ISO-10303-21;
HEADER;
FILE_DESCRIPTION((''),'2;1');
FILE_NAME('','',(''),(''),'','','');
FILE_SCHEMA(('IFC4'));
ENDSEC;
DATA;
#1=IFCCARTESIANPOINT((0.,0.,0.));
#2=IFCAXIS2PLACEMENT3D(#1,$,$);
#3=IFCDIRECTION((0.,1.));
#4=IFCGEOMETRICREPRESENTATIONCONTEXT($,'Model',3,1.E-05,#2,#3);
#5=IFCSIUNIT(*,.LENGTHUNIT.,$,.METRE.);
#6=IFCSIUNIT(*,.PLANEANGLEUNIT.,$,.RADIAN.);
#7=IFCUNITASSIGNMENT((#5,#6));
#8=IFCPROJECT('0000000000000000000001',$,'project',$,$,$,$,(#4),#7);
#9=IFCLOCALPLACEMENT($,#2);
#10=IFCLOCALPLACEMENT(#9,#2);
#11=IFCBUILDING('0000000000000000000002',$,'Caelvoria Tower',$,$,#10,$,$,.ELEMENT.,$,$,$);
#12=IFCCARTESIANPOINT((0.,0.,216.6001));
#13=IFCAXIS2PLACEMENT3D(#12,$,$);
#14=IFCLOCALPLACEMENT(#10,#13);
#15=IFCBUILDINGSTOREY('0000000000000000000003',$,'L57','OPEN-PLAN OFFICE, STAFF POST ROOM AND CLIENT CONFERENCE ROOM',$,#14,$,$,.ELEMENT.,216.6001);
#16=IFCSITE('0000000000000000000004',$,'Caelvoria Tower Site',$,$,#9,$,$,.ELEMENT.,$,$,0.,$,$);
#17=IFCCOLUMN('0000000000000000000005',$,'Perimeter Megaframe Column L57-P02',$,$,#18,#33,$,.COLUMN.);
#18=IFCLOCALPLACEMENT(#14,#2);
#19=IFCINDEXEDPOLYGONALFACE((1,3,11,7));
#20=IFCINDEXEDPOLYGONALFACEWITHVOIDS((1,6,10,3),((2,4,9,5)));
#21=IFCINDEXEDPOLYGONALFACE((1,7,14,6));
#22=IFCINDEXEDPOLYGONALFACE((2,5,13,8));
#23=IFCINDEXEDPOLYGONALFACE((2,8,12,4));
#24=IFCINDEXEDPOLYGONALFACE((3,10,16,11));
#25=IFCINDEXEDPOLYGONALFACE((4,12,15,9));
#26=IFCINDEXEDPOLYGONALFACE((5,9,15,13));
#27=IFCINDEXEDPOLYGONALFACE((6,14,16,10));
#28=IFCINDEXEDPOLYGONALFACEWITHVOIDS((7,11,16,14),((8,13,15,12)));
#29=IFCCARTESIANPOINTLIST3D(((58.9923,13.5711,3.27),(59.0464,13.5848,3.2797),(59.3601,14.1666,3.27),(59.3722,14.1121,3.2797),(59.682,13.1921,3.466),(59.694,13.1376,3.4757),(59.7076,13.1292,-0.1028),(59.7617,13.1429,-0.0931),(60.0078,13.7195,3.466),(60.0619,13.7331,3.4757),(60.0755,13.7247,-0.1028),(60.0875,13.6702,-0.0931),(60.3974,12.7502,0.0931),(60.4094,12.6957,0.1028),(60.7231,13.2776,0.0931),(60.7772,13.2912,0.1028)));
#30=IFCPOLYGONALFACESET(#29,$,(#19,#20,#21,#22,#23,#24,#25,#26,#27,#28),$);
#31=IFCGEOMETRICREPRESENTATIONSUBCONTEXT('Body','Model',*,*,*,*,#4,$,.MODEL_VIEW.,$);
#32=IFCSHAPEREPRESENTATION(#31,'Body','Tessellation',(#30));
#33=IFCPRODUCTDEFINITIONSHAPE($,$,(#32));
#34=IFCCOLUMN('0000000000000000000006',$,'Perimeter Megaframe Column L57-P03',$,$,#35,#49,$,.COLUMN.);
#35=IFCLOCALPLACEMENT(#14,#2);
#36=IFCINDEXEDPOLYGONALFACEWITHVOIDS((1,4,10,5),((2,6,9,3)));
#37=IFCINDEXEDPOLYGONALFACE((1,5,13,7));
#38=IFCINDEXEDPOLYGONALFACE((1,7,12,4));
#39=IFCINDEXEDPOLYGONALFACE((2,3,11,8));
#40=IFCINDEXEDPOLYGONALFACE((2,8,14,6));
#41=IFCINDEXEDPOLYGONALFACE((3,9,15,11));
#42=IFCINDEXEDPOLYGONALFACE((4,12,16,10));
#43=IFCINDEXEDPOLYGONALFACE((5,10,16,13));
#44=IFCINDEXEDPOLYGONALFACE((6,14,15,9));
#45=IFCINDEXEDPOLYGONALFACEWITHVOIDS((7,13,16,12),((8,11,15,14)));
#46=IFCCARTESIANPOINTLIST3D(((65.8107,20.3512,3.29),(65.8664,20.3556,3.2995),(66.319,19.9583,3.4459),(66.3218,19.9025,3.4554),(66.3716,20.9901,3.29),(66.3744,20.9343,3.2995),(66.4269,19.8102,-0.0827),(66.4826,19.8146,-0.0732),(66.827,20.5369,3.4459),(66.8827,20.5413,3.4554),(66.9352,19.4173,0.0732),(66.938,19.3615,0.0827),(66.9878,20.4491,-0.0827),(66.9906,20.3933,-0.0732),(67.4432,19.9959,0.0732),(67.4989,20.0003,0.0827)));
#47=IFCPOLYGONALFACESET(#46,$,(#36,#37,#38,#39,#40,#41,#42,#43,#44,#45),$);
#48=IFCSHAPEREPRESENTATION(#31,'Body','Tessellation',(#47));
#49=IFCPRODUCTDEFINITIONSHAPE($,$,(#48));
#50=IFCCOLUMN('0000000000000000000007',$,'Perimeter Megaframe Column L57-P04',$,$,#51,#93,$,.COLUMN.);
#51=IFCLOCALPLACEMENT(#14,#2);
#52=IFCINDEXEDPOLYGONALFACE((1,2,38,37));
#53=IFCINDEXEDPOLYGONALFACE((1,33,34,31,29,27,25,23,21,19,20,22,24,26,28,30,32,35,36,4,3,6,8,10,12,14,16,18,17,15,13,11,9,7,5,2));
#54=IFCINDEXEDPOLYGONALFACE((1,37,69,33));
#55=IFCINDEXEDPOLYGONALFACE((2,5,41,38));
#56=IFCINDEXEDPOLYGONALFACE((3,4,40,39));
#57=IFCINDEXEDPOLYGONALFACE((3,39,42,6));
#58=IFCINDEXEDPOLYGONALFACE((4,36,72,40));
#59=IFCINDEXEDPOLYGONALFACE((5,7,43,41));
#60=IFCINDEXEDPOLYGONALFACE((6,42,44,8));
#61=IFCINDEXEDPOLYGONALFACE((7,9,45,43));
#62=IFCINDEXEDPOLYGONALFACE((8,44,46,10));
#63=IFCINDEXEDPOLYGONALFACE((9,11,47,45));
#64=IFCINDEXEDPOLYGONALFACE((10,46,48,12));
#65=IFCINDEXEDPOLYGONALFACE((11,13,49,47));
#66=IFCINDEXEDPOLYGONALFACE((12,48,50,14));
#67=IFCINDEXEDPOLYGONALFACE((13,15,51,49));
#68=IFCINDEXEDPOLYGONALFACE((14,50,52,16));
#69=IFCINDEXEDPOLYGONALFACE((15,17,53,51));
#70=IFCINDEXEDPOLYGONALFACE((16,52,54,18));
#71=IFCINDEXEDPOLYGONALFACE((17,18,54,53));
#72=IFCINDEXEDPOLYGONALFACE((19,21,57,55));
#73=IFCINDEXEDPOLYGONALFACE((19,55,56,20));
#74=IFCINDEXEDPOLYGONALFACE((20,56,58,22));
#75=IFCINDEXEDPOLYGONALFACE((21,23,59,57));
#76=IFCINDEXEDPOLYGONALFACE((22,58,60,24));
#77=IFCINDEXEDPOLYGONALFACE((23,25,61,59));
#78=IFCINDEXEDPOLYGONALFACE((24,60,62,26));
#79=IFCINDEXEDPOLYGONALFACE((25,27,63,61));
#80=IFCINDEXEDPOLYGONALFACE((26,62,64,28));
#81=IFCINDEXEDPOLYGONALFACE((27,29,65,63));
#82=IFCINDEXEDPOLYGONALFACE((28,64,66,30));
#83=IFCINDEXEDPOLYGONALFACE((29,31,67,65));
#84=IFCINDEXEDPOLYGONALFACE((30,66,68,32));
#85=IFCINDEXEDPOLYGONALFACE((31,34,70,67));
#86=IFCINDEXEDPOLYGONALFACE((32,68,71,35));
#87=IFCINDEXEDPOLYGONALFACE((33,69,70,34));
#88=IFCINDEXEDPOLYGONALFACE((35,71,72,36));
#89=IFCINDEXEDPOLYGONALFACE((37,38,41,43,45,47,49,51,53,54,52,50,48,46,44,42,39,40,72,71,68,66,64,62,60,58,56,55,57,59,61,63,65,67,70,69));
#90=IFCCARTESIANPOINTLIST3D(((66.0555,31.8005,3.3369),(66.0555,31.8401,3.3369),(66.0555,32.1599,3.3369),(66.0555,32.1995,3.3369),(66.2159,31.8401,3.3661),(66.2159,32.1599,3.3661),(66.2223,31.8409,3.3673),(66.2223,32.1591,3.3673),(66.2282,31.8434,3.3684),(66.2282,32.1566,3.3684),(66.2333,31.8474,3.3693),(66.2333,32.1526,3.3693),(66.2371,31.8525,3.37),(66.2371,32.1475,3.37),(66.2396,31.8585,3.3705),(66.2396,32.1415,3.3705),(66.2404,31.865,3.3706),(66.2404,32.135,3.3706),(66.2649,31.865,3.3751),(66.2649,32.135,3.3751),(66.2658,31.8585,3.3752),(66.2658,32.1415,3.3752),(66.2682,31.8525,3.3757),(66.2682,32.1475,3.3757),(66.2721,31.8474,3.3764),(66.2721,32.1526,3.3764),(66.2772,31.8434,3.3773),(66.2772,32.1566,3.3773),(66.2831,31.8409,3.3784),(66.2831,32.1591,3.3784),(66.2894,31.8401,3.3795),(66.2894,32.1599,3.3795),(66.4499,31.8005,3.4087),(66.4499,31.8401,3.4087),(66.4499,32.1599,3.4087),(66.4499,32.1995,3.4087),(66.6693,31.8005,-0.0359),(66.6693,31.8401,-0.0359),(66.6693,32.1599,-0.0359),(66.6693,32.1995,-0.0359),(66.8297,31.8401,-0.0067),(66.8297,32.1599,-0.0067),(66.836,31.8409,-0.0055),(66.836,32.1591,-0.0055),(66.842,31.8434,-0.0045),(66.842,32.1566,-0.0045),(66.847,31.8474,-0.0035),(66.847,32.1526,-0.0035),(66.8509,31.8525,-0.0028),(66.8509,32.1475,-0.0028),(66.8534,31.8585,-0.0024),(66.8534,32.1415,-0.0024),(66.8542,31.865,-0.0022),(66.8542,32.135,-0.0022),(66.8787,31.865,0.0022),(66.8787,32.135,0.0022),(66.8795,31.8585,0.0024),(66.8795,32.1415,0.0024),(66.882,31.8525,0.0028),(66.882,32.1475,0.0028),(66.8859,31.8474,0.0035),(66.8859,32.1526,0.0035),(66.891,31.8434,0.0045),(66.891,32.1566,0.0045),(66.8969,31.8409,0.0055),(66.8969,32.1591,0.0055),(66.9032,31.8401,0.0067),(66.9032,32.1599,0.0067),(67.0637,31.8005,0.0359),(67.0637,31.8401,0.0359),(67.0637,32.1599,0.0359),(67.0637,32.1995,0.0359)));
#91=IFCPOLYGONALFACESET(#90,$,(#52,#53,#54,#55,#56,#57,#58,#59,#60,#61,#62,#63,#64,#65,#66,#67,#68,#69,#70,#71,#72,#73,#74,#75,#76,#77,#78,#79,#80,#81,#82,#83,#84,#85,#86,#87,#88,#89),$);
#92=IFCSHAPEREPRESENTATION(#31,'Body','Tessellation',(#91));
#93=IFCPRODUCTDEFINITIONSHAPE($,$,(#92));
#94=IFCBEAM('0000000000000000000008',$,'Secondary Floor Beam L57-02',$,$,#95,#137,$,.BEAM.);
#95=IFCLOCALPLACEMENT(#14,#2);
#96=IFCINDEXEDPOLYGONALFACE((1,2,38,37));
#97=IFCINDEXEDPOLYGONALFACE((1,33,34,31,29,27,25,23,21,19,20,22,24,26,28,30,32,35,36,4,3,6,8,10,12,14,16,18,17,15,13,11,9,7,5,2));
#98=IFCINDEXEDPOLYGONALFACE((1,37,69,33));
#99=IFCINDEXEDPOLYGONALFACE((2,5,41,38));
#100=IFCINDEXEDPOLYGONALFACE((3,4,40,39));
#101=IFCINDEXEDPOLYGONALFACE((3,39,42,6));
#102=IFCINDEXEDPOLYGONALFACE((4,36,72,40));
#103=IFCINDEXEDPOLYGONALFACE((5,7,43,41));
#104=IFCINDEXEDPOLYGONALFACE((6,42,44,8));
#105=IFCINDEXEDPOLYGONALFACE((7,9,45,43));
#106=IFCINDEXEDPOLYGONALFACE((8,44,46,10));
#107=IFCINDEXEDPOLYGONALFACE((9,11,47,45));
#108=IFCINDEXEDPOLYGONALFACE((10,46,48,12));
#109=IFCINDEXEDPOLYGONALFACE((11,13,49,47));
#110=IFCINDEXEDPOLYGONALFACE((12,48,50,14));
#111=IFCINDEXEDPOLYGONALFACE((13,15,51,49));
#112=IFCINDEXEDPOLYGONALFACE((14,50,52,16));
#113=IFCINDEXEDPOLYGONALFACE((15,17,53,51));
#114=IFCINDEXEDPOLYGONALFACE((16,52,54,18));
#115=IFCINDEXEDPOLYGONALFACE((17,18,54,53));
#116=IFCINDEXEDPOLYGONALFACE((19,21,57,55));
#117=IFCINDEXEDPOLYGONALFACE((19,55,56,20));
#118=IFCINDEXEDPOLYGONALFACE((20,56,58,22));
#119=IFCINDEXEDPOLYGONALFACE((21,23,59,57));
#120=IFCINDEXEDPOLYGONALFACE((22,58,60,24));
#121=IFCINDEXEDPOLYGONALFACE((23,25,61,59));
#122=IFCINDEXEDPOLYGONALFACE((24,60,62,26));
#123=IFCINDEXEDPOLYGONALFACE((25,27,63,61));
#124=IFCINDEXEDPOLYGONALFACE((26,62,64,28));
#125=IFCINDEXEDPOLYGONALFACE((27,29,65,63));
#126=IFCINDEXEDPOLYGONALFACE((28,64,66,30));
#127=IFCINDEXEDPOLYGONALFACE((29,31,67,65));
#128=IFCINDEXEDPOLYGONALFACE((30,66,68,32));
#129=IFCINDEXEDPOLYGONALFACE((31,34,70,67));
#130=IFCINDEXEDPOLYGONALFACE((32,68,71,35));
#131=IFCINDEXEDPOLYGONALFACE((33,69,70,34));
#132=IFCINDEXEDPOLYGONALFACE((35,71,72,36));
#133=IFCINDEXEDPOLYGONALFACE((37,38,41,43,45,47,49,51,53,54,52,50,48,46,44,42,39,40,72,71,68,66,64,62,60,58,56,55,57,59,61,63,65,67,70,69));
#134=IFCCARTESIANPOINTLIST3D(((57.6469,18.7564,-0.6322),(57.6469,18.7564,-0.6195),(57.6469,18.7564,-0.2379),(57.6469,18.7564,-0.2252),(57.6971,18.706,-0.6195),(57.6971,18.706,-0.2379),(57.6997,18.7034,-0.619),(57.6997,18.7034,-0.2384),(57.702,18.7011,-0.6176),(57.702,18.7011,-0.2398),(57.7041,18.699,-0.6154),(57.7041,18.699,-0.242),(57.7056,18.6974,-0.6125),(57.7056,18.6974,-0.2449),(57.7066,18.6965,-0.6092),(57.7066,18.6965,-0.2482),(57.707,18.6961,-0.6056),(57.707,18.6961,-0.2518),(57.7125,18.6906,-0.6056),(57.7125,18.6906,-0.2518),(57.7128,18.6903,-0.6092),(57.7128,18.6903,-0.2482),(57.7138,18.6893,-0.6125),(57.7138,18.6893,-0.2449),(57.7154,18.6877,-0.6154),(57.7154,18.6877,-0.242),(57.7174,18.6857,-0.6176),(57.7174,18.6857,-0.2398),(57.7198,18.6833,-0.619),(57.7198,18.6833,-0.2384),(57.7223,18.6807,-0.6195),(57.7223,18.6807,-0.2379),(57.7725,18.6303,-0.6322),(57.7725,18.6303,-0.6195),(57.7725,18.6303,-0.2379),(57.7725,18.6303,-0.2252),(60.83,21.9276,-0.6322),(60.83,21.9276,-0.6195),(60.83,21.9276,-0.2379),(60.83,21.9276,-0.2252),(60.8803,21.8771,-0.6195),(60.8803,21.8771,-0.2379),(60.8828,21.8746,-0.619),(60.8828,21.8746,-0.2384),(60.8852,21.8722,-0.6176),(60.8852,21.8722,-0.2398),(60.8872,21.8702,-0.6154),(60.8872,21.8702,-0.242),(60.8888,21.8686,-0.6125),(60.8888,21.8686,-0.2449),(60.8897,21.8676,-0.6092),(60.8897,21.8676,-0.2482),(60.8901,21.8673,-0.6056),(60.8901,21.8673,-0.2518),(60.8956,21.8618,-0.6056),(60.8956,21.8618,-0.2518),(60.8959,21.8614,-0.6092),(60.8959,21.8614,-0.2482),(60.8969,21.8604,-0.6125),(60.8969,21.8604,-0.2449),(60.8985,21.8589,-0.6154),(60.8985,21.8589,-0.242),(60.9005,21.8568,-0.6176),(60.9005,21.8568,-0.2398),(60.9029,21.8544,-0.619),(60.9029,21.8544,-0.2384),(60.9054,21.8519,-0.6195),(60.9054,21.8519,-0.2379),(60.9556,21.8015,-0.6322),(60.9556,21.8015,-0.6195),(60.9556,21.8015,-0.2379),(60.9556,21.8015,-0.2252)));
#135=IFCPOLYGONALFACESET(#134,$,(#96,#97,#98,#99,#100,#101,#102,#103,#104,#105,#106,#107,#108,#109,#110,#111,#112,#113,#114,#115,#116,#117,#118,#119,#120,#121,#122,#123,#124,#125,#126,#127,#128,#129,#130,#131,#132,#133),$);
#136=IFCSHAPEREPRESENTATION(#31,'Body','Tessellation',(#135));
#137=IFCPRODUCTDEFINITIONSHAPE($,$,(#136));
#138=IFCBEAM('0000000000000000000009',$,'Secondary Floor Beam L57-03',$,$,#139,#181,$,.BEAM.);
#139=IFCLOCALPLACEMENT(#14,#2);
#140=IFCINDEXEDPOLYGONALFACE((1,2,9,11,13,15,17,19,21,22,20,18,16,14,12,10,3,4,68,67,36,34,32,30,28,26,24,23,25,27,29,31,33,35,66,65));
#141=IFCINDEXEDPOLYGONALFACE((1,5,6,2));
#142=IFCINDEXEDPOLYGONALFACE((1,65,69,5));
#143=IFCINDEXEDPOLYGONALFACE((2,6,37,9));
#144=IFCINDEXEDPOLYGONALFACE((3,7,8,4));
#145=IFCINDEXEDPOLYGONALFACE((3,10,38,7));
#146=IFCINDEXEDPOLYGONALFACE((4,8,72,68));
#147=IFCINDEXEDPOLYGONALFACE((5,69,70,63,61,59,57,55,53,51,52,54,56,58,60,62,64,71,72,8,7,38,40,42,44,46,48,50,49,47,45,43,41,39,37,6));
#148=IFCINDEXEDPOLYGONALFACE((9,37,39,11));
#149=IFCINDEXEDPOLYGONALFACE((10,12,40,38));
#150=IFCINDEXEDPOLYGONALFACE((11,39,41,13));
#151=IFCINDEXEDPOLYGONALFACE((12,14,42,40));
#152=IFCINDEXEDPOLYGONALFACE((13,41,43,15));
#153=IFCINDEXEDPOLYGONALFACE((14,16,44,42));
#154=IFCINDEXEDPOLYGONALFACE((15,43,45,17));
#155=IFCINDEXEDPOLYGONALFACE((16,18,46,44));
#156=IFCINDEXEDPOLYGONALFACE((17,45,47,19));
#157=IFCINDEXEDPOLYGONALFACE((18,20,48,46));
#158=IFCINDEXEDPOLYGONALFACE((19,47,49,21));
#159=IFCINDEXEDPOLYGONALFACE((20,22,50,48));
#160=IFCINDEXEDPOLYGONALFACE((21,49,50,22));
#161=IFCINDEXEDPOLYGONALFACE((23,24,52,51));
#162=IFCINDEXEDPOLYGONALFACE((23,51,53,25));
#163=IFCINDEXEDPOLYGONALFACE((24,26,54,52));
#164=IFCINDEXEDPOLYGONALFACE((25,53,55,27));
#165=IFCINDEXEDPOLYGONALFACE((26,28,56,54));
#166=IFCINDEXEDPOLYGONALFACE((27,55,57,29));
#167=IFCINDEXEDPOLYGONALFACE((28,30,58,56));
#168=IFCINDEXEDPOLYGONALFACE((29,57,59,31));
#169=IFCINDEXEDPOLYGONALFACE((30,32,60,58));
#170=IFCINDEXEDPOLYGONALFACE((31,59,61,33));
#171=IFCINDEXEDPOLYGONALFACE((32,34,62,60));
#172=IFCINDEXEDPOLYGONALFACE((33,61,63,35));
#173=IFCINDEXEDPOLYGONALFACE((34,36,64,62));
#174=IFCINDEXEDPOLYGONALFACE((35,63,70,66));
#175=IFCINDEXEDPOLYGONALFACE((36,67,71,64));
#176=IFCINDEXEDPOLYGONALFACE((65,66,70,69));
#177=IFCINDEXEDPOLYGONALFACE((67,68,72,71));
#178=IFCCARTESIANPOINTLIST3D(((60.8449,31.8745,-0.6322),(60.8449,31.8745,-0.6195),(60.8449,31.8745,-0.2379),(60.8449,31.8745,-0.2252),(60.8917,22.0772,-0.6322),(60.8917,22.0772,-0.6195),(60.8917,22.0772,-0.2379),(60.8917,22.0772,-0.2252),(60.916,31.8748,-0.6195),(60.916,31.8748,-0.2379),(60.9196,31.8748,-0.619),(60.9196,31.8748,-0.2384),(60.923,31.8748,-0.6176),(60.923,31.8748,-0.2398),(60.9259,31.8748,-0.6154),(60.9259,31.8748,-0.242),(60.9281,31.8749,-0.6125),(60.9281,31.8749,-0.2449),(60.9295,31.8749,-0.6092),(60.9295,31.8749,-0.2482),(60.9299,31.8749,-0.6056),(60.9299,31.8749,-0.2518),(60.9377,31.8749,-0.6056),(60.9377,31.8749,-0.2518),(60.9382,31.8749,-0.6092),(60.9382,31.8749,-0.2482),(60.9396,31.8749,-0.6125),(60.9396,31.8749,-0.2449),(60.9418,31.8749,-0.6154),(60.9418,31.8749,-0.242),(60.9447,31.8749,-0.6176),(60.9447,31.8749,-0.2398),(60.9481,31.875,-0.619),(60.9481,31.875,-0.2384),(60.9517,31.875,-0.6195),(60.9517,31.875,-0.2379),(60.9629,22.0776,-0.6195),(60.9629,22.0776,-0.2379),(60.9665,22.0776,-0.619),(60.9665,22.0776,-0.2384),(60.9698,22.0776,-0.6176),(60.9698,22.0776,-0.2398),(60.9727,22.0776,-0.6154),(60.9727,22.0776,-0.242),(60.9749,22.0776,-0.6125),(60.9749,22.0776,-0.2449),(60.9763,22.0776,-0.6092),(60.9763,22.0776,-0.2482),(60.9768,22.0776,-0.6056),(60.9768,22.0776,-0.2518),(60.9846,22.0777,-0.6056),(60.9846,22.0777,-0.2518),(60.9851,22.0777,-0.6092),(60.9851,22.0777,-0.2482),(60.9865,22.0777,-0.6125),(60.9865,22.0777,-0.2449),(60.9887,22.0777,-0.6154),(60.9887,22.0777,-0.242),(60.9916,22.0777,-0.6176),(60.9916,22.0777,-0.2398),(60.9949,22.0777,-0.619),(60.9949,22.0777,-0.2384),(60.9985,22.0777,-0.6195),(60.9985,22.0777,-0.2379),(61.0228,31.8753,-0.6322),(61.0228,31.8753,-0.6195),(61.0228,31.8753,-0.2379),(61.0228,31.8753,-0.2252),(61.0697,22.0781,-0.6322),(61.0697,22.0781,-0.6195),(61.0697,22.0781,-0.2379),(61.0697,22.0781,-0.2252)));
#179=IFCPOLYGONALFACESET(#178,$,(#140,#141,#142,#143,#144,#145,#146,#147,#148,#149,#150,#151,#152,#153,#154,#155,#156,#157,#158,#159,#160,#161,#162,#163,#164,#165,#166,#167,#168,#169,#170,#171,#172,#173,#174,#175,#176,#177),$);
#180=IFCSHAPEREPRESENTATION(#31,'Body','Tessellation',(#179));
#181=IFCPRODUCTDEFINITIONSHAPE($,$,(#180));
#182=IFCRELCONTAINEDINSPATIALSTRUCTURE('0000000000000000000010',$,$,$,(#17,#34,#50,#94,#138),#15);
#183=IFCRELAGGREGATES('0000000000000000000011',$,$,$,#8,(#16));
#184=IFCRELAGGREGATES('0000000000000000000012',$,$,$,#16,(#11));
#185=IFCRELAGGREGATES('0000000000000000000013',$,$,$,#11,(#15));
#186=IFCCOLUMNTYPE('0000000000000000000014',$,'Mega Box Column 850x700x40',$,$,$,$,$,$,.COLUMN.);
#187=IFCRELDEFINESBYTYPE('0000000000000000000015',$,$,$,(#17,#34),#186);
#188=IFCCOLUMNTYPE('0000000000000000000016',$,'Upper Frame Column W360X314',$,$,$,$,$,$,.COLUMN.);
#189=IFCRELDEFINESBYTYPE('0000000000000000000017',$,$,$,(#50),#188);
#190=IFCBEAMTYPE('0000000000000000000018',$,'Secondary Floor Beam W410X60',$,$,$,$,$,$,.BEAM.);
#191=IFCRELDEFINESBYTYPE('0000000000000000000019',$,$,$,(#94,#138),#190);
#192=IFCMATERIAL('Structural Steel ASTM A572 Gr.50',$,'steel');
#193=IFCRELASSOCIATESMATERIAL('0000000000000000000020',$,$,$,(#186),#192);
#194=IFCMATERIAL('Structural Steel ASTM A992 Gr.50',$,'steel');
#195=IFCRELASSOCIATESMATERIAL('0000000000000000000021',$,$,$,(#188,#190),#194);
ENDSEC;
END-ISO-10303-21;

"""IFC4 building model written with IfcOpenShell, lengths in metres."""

from ifc_helpers import new_model, si_unit, direction, frame, origin, origin_2d, place, context, subcontext, project, spatial, hollow_rectangle, i_section, extrude, material, material_profile, profile_set, type_object, element, save


model = new_model("IFC4")

# Units and contexts
model_context = context("Model", 3, precision=1e-05, world=origin(), true_north=direction((0.0, 1.0)))
body_context = subcontext(model_context, "Body", "Model", "MODEL_VIEW")
ifc_project = project(units=[si_unit("LENGTHUNIT", "METRE"), si_unit("PLANEANGLEUNIT", "RADIAN")], contexts=[model_context])

# Site, building, storey
site_placement = place(None, origin())
site = spatial("IfcSite", under=ifc_project, at=site_placement, Name="Caelvoria Tower Site", CompositionType="ELEMENT", RefElevation=0.0)
building_placement = place(site_placement, origin())
building = spatial("IfcBuilding", under=site, at=building_placement, Name="Caelvoria Tower", CompositionType="ELEMENT")
storey_placement = place(building_placement, frame((0.0, 0.0, 216.6001)))
storey = spatial("IfcBuildingStorey", under=building, at=storey_placement, Name="L57", Description="OPEN-PLAN OFFICE, STAFF POST ROOM AND CLIENT CONFERENCE ROOM", CompositionType="ELEMENT", Elevation=216.6001)

# Columns
ifc_material_1 = material(Name="Structural Steel ASTM A572 Gr.50", Category="steel")
ifc_material_profile_1 = material_profile(ifc_material_1, hollow_rectangle(XDim=0.7, YDim=0.8501, WallThickness=0.04, at=origin_2d()), Name="Structural Steel ASTM A572 Gr.50")
ifc_profile_set_1 = profile_set([ifc_material_profile_1], Name="BOX850X700X40 - Structural Steel ASTM A572 Gr.50")
column_type_1 = type_object("IfcColumnType", Name="Mega Box Column 850x700x40", PredefinedType="COLUMN", material=ifc_profile_set_1)
column_1_placement = place(storey_placement, frame((60.2424, 13.2102, 0.0), z_axis=(-0.20579, 0.127126, 0.970304), x_axis=(-0.525555, -0.85076, 0.0)))
element("IfcColumn", 1, at=column_1_placement, inside=storey, type_object=column_type_1, Name="Perimeter Megaframe Column L57-P02", PredefinedType="COLUMN", context=body_context, shape_type="SweptSolid", body=[
    extrude(hollow_rectangle(XDim=0.7, YDim=0.8501, WallThickness=0.04, at=origin_2d()), origin(), (0.0, 0.0, 1.0), 3.4761),
])
column_2_placement = place(storey_placement, frame((66.9629, 19.9053, 0.0), z_axis=(-0.177529, 0.155865, 0.971694), x_axis=(0.730198, -0.641093, 0.236242)))
element("IfcColumn", 2, at=column_2_placement, inside=storey, type_object=column_type_1, Name="Perimeter Megaframe Column L57-P03", PredefinedType="COLUMN", context=body_context, shape_type="SweptSolid", body=[
    extrude(hollow_rectangle(XDim=0.7, YDim=0.8501, WallThickness=0.04, at=origin_2d()), origin(), (0.0, 0.0, 1.0), 3.4709),
])
ifc_material_2 = material(Name="Structural Steel ASTM A992 Gr.50", Category="steel")
ifc_material_profile_2 = material_profile(ifc_material_2, i_section(OverallWidth=0.4009, OverallDepth=0.3989, WebThickness=0.0249, FlangeThickness=0.0396, FilletRadius=0.0249, at=origin_2d()), Name="Structural Steel ASTM A992 Gr.50")
ifc_profile_set_2 = profile_set([ifc_material_profile_2], Name="W360X314 - Structural Steel ASTM A992 Gr.50")
column_type_2 = type_object("IfcColumnType", Name="Upper Frame Column W360X314", PredefinedType="COLUMN", material=ifc_profile_set_2)
column_3_placement = place(storey_placement, frame((66.8665, 32.0, 0.0), z_axis=(-0.179036, 0.0, 0.983843), x_axis=(0.983843, 0.0, 0.179036)))
element("IfcColumn", 3, at=column_3_placement, inside=storey, type_object=column_type_2, Name="Perimeter Megaframe Column L57-P04", PredefinedType="COLUMN", context=body_context, shape_type="SweptSolid", body=[
    extrude(i_section(OverallWidth=0.4009, OverallDepth=0.3989, WebThickness=0.0249, FlangeThickness=0.0396, FilletRadius=0.0249, at=origin_2d()), origin(), (0.0, 0.0, 1.0), 3.4282),
])

# Beams
ifc_material_profile_3 = material_profile(ifc_material_2, i_section(OverallWidth=0.178, OverallDepth=0.407, WebThickness=0.0078, FlangeThickness=0.0127, FilletRadius=0.0139, at=origin_2d()), Name="Structural Steel ASTM A992 Gr.50")
ifc_profile_set_3 = profile_set([ifc_material_profile_3], Name="W410X60 - Structural Steel ASTM A992 Gr.50")
beam_type_1 = type_object("IfcBeamType", Name="Secondary Floor Beam W410X60", PredefinedType="BEAM", material=ifc_profile_set_3)
beam_1_placement = place(storey_placement, frame((57.7097, 18.6934, -0.4287), z_axis=(0.708437, 0.705774, 0.0), x_axis=(-0.705774, 0.708437, 0.0)))
element("IfcBeam", 4, at=beam_1_placement, inside=storey, type_object=beam_type_1, Name="Secondary Floor Beam L57-02", PredefinedType="BEAM", context=body_context, shape_type="SweptSolid", body=[
    extrude(i_section(OverallWidth=0.178, OverallDepth=0.407, WebThickness=0.0078, FlangeThickness=0.0127, FilletRadius=0.0139, at=origin_2d()), origin(), (0.0, 0.0, 1.0), 4.4932),
])
beam_2_placement = place(storey_placement, frame((60.9807, 22.0776, -0.4287), z_axis=(-0.004784, 0.999989, 0.0), x_axis=(-0.999989, -0.004784, 0.0)))
element("IfcBeam", 5, at=beam_2_placement, inside=storey, type_object=beam_type_1, Name="Secondary Floor Beam L57-03", PredefinedType="BEAM", context=body_context, shape_type="SweptSolid", body=[
    extrude(i_section(OverallWidth=0.178, OverallDepth=0.407, WebThickness=0.0078, FlangeThickness=0.0127, FilletRadius=0.0139, at=origin_2d()), origin(), (0.0, 0.0, 1.0), 9.7974),
])

save(model, "model.ifc")
